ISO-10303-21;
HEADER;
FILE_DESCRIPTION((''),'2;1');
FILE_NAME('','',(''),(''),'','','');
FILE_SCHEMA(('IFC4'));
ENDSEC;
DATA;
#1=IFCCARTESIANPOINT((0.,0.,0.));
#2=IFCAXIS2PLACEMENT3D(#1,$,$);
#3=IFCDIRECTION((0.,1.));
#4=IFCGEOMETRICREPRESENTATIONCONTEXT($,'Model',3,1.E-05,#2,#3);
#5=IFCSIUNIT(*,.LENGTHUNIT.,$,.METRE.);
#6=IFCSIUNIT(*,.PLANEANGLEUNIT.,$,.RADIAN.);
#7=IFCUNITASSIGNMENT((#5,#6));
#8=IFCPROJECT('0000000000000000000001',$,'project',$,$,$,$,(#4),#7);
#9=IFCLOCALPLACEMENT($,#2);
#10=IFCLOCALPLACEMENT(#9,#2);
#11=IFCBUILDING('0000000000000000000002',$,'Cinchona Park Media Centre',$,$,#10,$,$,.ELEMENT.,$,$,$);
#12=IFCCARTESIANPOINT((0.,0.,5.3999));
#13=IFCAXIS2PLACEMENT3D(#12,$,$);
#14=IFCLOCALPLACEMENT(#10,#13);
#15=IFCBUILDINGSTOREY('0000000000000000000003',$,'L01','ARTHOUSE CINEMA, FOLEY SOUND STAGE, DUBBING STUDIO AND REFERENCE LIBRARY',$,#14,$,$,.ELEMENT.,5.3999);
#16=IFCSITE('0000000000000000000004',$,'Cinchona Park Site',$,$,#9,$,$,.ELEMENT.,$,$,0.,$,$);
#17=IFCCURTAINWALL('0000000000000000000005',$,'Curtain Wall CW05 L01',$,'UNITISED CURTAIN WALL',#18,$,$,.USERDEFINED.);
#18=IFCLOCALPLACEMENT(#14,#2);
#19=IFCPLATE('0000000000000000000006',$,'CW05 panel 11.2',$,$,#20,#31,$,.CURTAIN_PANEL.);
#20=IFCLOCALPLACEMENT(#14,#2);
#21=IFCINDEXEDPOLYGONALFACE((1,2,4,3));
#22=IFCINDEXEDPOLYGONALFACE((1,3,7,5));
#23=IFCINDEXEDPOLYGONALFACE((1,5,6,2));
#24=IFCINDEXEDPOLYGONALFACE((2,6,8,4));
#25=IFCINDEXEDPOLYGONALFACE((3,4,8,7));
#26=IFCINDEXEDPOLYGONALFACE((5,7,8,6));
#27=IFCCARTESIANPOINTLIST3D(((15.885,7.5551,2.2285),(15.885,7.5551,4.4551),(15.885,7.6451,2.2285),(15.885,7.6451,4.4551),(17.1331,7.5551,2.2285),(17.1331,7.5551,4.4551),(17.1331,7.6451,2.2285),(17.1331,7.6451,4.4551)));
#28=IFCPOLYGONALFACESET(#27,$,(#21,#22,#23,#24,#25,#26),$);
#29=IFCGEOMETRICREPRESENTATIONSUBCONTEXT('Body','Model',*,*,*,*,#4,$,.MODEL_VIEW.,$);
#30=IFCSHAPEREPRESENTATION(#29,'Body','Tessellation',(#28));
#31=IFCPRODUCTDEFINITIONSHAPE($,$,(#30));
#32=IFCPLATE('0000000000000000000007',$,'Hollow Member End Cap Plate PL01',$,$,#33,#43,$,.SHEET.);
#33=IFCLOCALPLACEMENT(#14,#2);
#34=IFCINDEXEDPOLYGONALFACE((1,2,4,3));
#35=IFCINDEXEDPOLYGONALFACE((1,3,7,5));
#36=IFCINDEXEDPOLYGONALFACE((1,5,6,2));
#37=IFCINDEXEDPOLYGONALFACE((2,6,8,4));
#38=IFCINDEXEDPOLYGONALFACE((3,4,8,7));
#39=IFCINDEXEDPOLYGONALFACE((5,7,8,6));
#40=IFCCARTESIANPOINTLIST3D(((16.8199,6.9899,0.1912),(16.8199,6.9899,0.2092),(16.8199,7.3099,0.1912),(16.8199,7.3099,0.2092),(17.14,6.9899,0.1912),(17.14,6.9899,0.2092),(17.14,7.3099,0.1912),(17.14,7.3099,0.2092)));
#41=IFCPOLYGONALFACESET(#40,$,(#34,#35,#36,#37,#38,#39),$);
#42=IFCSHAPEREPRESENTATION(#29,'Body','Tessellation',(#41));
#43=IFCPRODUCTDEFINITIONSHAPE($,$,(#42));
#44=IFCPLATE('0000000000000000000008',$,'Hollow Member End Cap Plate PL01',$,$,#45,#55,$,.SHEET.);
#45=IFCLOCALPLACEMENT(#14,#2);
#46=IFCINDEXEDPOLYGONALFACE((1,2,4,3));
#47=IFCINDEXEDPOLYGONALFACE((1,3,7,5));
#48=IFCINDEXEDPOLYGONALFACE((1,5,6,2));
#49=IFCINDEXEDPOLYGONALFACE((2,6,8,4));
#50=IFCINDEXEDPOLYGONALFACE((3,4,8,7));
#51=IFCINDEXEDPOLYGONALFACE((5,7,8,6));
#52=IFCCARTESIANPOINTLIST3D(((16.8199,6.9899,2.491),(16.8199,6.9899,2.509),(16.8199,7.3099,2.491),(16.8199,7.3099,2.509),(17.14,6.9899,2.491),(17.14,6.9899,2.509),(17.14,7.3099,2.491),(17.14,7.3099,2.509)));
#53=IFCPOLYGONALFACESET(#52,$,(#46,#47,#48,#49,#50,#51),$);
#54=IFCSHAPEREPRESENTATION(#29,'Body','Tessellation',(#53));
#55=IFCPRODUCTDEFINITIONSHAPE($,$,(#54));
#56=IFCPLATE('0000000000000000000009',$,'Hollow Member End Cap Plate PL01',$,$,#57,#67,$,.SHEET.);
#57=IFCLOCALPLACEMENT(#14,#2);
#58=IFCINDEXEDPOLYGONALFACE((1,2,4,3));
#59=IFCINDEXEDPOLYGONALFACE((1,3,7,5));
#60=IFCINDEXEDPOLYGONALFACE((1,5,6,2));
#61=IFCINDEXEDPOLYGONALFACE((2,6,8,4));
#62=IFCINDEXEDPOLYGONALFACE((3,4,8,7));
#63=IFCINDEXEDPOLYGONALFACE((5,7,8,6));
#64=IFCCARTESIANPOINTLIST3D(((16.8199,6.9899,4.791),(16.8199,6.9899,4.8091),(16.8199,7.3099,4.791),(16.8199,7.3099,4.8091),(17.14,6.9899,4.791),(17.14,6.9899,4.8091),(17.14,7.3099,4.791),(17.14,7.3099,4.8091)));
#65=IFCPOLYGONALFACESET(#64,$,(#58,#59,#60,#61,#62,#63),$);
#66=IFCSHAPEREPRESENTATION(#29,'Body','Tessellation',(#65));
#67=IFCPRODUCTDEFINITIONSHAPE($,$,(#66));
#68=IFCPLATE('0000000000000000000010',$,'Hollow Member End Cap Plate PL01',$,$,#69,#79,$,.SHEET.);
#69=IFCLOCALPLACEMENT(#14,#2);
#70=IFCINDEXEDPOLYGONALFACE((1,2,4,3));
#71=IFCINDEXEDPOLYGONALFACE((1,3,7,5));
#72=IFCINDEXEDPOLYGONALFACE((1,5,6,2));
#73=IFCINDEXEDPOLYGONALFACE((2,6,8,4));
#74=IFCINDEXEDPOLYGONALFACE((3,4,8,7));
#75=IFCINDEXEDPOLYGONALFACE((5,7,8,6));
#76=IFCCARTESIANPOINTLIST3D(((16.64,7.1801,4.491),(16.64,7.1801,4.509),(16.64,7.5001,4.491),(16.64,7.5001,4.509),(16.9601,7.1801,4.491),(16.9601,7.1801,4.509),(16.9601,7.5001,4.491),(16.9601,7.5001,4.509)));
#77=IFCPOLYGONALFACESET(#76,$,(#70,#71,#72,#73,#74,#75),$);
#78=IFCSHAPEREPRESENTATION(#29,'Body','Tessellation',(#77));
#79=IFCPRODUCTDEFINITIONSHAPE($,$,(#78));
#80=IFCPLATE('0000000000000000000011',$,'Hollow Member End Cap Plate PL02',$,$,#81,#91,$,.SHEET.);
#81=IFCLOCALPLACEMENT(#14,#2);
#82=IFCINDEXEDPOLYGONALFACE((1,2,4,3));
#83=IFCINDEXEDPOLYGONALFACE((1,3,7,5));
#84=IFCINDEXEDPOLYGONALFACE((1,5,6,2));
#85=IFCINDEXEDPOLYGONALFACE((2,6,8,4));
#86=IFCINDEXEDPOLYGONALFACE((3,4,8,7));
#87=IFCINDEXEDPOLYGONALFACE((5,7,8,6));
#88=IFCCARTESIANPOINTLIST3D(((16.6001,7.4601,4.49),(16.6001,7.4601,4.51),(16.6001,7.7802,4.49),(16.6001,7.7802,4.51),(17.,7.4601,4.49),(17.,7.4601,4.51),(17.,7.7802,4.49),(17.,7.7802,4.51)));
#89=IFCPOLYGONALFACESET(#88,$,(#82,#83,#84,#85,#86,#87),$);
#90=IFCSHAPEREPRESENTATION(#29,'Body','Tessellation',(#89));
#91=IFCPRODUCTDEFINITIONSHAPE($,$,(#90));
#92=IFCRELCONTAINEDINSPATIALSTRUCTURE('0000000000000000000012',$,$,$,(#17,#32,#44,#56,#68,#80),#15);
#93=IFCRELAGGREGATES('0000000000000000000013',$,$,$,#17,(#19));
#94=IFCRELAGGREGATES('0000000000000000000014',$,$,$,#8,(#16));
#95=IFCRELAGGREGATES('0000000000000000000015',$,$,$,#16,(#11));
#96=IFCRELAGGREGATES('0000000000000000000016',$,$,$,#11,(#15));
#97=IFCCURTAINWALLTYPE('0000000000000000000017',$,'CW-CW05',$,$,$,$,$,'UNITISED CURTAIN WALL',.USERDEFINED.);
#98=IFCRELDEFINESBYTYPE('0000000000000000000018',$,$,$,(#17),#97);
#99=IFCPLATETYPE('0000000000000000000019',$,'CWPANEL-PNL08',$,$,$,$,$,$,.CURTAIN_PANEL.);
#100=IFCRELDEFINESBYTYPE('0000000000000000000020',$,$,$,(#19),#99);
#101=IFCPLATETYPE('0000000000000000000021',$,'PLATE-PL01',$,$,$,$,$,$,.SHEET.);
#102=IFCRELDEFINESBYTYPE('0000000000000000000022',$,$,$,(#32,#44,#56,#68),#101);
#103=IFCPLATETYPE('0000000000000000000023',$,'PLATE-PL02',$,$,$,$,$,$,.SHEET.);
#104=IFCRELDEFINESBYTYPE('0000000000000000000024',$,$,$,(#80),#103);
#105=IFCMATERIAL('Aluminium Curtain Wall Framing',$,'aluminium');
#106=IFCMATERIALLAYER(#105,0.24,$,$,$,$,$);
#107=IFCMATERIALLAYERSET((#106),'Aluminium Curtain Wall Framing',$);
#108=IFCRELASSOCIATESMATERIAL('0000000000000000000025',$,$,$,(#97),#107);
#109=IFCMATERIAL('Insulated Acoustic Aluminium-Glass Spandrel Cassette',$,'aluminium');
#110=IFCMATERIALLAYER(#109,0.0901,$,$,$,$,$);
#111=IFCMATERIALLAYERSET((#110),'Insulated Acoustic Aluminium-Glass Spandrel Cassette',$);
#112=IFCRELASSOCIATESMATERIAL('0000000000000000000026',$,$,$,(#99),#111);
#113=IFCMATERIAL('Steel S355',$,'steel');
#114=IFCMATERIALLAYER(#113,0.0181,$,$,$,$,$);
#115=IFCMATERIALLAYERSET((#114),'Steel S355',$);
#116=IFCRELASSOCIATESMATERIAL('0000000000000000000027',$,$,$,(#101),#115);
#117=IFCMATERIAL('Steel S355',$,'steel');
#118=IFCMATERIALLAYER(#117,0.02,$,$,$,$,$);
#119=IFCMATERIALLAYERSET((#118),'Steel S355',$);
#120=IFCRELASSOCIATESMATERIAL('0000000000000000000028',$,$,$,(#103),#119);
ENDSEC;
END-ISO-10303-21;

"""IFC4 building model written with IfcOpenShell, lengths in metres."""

from ifc_helpers import new_model, si_unit, direction, frame, origin, origin_2d, place, context, subcontext, project, spatial, rectangle, extrude, material, layer, layer_set, type_object, element, aggregate, save


model = new_model("IFC4")

# Units and contexts
model_context = context("Model", 3, precision=1e-05, world=origin(), true_north=direction((0.0, 1.0)))
body_context = subcontext(model_context, "Body", "Model", "MODEL_VIEW")
ifc_project = project(units=[si_unit("LENGTHUNIT", "METRE"), si_unit("PLANEANGLEUNIT", "RADIAN")], contexts=[model_context])

# Site, building, storey
site_placement = place(None, origin())
site = spatial("IfcSite", under=ifc_project, at=site_placement, Name="Cinchona Park Site", CompositionType="ELEMENT", RefElevation=0.0)
building_placement = place(site_placement, origin())
building = spatial("IfcBuilding", under=site, at=building_placement, Name="Cinchona Park Media Centre", CompositionType="ELEMENT")
storey_placement = place(building_placement, frame((0.0, 0.0, 5.3999)))
storey = spatial("IfcBuildingStorey", under=building, at=storey_placement, Name="L01", Description="ARTHOUSE CINEMA, FOLEY SOUND STAGE, DUBBING STUDIO AND REFERENCE LIBRARY", CompositionType="ELEMENT", Elevation=5.3999)

# Curtain wall
ifc_material_1 = material(Name="Aluminium Curtain Wall Framing", Category="aluminium")
ifc_layer_1 = layer(ifc_material_1, 0.24)
ifc_layer_set_1 = layer_set([ifc_layer_1], Name="Aluminium Curtain Wall Framing")
curtain_wall_type_1 = type_object("IfcCurtainWallType", Name="CW-CW05", ElementType="UNITISED CURTAIN WALL", PredefinedType="USERDEFINED", material=ifc_layer_set_1)
curtain_wall_1_placement = place(storey_placement, origin())
curtain_wall_1 = element("IfcCurtainWall", 1, at=curtain_wall_1_placement, inside=storey, type_object=curtain_wall_type_1, Name="Curtain Wall CW05 L01", ObjectType="UNITISED CURTAIN WALL", PredefinedType="USERDEFINED")

# Plate
ifc_material_2 = material(Name="Insulated Acoustic Aluminium-Glass Spandrel Cassette", Category="aluminium")
ifc_layer_2 = layer(ifc_material_2, 0.0901)
ifc_layer_set_2 = layer_set([ifc_layer_2], Name="Insulated Acoustic Aluminium-Glass Spandrel Cassette")
plate_type_1 = type_object("IfcPlateType", Name="CWPANEL-PNL08", PredefinedType="CURTAIN_PANEL", material=ifc_layer_set_2)
plate_1_placement = place(storey_placement, frame((16.509, 7.6001, 2.2285), z_axis=(0.0, 0.0, 1.0), x_axis=(-1.0, 0.0, 0.0)))
plate_1 = element("IfcPlate", 2, at=plate_1_placement, type_object=plate_type_1, Name="CW05 panel 11.2", PredefinedType="CURTAIN_PANEL", context=body_context, shape_type="SweptSolid", body=[
    extrude(rectangle(XDim=1.248, YDim=0.0901, at=origin_2d()), origin(), (0.0, 0.0, 1.0), 2.2266),
])
aggregate(curtain_wall_1, [plate_1])

# Plates
ifc_material_3 = material(Name="Steel S355", Category="steel")
ifc_layer_3 = layer(ifc_material_3, 0.0181)
ifc_layer_set_3 = layer_set([ifc_layer_3], Name="Steel S355")
plate_type_2 = type_object("IfcPlateType", Name="PLATE-PL01", PredefinedType="SHEET", material=ifc_layer_set_3)
for number, where, z_axis, x_axis, name in (
    (3, (16.98, 7.1499, 0.1912), (0.0, 0.0, 1.0), (1.0, 0.0, 0.0), "Hollow Member End Cap Plate PL01"),
    (4, (16.98, 7.1499, 2.491), (0.0, 0.0, 1.0), (1.0, 0.0, 0.0), "Hollow Member End Cap Plate PL01"),
    (5, (16.98, 7.1499, 4.791), (0.0, 0.0, 1.0), (1.0, 0.0, 0.0), "Hollow Member End Cap Plate PL01"),
    (6, (16.8, 7.3401, 4.491), (0.0, 0.0, 1.0), (1.0, 0.0, 0.0), "Hollow Member End Cap Plate PL01"),
):
    element("IfcPlate", number, at=place(storey_placement, frame(where, z_axis=z_axis, x_axis=x_axis)), inside=storey, type_object=plate_type_2, Name=name, PredefinedType="SHEET", context=body_context, shape_type="SweptSolid", body=[
        extrude(rectangle(XDim=0.3201, YDim=0.3201, at=origin_2d()), origin(), (0.0, 0.0, 1.0), 0.0181),
    ])
ifc_material_4 = material(Name="Steel S355", Category="steel")
ifc_layer_4 = layer(ifc_material_4, 0.02)
ifc_layer_set_4 = layer_set([ifc_layer_4], Name="Steel S355")
plate_type_3 = type_object("IfcPlateType", Name="PLATE-PL02", PredefinedType="SHEET", material=ifc_layer_set_4)
plate_2_placement = place(storey_placement, frame((16.8, 7.6201, 4.49), z_axis=(0.0, 0.0, 1.0), x_axis=(1.0, 0.0, 0.0)))
element("IfcPlate", 7, at=plate_2_placement, inside=storey, type_object=plate_type_3, Name="Hollow Member End Cap Plate PL02", PredefinedType="SHEET", context=body_context, shape_type="SweptSolid", body=[
    extrude(rectangle(XDim=0.3999, YDim=0.3201, at=origin_2d()), origin(), (0.0, 0.0, 1.0), 0.02),
])

save(model, "model.ifc")
